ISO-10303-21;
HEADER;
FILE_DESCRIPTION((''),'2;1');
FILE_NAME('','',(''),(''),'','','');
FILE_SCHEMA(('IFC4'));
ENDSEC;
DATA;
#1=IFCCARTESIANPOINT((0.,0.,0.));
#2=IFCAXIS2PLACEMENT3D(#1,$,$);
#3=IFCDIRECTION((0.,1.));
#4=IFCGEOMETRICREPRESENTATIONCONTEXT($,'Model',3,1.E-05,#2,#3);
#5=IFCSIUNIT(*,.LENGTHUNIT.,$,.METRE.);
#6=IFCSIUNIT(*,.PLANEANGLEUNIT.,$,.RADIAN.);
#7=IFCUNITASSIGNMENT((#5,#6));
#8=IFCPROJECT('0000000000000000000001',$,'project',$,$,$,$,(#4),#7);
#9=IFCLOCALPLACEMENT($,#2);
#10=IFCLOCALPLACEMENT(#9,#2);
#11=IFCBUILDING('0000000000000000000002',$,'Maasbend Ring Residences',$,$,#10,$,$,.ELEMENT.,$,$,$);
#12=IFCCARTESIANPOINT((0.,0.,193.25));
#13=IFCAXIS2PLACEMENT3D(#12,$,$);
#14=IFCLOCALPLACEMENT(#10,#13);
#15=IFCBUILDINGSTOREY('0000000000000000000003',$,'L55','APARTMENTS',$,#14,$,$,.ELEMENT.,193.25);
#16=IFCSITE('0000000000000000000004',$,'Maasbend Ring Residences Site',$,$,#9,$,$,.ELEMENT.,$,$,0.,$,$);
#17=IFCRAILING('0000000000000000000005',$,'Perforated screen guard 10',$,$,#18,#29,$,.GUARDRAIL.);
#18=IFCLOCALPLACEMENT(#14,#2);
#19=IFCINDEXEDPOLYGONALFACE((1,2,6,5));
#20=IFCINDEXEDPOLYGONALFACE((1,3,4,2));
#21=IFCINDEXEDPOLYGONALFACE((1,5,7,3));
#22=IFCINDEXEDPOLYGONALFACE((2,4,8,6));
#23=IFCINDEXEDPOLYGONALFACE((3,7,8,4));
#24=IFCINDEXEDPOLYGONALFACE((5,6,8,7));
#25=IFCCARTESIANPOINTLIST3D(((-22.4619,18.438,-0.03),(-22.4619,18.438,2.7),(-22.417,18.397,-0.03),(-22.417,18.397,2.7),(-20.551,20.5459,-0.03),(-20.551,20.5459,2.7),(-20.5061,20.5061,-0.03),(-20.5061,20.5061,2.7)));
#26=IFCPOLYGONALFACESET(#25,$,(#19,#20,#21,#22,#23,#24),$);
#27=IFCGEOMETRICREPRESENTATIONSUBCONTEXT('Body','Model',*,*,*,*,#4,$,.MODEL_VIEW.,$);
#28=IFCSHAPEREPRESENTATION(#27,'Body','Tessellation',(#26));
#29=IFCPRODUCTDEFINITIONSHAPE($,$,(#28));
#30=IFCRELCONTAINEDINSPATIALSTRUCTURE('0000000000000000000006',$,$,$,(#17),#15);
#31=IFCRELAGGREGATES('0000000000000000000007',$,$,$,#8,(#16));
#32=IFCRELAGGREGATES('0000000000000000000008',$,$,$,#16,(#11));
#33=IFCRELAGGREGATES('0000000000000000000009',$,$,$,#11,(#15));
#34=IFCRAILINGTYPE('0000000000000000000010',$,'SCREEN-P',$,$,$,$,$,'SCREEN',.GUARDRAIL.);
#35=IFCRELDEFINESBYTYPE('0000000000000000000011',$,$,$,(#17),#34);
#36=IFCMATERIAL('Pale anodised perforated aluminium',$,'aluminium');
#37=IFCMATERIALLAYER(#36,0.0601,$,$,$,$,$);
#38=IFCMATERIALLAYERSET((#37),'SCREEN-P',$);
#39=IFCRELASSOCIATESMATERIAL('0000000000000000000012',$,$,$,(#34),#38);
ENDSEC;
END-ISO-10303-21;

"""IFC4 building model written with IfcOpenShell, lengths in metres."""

from ifc_helpers import new_model, si_unit, direction, frame, origin, place, context, subcontext, project, spatial, polyline, outline, extrude, material, layer, layer_set, type_object, element, save


model = new_model("IFC4")

# Units and contexts
model_context = context("Model", 3, precision=1e-05, world=origin(), true_north=direction((0.0, 1.0)))
body_context = subcontext(model_context, "Body", "Model", "MODEL_VIEW")
ifc_project = project(units=[si_unit("LENGTHUNIT", "METRE"), si_unit("PLANEANGLEUNIT", "RADIAN")], contexts=[model_context])

# Site, building, storey
site_placement = place(None, origin())
site = spatial("IfcSite", under=ifc_project, at=site_placement, Name="Maasbend Ring Residences Site", CompositionType="ELEMENT", RefElevation=0.0)
building_placement = place(site_placement, origin())
building = spatial("IfcBuilding", under=site, at=building_placement, Name="Maasbend Ring Residences", CompositionType="ELEMENT")
storey_placement = place(building_placement, frame((0.0, 0.0, 193.25)))
storey = spatial("IfcBuildingStorey", under=building, at=storey_placement, Name="L55", Description="APARTMENTS", CompositionType="ELEMENT", Elevation=193.25)

# Railing
ifc_material_1 = material(Name="Pale anodised perforated aluminium", Category="aluminium")
ifc_layer_1 = layer(ifc_material_1, 0.0601)
ifc_layer_set_1 = layer_set([ifc_layer_1], Name="SCREEN-P")
railing_type = type_object("IfcRailingType", Name="SCREEN-P", ElementType="SCREEN", PredefinedType="GUARDRAIL", material=ifc_layer_set_1)
railing_1_placement = place(storey_placement, frame((0.0, 0.0, -0.03)))
element("IfcRailing", 1, at=railing_1_placement, inside=storey, type_object=railing_type, Name="Perforated screen guard 10", PredefinedType="GUARDRAIL", context=body_context, shape_type="SweptSolid", body=[
    extrude(outline(polyline([(-20.5061, 20.5061), (-22.417, 18.397), (-22.4619, 18.438), (-20.551, 20.5459), (-20.5061, 20.5061)])), origin(), (0.0, 0.0, 1.0), 2.73),
])

save(model, "model.ifc")
